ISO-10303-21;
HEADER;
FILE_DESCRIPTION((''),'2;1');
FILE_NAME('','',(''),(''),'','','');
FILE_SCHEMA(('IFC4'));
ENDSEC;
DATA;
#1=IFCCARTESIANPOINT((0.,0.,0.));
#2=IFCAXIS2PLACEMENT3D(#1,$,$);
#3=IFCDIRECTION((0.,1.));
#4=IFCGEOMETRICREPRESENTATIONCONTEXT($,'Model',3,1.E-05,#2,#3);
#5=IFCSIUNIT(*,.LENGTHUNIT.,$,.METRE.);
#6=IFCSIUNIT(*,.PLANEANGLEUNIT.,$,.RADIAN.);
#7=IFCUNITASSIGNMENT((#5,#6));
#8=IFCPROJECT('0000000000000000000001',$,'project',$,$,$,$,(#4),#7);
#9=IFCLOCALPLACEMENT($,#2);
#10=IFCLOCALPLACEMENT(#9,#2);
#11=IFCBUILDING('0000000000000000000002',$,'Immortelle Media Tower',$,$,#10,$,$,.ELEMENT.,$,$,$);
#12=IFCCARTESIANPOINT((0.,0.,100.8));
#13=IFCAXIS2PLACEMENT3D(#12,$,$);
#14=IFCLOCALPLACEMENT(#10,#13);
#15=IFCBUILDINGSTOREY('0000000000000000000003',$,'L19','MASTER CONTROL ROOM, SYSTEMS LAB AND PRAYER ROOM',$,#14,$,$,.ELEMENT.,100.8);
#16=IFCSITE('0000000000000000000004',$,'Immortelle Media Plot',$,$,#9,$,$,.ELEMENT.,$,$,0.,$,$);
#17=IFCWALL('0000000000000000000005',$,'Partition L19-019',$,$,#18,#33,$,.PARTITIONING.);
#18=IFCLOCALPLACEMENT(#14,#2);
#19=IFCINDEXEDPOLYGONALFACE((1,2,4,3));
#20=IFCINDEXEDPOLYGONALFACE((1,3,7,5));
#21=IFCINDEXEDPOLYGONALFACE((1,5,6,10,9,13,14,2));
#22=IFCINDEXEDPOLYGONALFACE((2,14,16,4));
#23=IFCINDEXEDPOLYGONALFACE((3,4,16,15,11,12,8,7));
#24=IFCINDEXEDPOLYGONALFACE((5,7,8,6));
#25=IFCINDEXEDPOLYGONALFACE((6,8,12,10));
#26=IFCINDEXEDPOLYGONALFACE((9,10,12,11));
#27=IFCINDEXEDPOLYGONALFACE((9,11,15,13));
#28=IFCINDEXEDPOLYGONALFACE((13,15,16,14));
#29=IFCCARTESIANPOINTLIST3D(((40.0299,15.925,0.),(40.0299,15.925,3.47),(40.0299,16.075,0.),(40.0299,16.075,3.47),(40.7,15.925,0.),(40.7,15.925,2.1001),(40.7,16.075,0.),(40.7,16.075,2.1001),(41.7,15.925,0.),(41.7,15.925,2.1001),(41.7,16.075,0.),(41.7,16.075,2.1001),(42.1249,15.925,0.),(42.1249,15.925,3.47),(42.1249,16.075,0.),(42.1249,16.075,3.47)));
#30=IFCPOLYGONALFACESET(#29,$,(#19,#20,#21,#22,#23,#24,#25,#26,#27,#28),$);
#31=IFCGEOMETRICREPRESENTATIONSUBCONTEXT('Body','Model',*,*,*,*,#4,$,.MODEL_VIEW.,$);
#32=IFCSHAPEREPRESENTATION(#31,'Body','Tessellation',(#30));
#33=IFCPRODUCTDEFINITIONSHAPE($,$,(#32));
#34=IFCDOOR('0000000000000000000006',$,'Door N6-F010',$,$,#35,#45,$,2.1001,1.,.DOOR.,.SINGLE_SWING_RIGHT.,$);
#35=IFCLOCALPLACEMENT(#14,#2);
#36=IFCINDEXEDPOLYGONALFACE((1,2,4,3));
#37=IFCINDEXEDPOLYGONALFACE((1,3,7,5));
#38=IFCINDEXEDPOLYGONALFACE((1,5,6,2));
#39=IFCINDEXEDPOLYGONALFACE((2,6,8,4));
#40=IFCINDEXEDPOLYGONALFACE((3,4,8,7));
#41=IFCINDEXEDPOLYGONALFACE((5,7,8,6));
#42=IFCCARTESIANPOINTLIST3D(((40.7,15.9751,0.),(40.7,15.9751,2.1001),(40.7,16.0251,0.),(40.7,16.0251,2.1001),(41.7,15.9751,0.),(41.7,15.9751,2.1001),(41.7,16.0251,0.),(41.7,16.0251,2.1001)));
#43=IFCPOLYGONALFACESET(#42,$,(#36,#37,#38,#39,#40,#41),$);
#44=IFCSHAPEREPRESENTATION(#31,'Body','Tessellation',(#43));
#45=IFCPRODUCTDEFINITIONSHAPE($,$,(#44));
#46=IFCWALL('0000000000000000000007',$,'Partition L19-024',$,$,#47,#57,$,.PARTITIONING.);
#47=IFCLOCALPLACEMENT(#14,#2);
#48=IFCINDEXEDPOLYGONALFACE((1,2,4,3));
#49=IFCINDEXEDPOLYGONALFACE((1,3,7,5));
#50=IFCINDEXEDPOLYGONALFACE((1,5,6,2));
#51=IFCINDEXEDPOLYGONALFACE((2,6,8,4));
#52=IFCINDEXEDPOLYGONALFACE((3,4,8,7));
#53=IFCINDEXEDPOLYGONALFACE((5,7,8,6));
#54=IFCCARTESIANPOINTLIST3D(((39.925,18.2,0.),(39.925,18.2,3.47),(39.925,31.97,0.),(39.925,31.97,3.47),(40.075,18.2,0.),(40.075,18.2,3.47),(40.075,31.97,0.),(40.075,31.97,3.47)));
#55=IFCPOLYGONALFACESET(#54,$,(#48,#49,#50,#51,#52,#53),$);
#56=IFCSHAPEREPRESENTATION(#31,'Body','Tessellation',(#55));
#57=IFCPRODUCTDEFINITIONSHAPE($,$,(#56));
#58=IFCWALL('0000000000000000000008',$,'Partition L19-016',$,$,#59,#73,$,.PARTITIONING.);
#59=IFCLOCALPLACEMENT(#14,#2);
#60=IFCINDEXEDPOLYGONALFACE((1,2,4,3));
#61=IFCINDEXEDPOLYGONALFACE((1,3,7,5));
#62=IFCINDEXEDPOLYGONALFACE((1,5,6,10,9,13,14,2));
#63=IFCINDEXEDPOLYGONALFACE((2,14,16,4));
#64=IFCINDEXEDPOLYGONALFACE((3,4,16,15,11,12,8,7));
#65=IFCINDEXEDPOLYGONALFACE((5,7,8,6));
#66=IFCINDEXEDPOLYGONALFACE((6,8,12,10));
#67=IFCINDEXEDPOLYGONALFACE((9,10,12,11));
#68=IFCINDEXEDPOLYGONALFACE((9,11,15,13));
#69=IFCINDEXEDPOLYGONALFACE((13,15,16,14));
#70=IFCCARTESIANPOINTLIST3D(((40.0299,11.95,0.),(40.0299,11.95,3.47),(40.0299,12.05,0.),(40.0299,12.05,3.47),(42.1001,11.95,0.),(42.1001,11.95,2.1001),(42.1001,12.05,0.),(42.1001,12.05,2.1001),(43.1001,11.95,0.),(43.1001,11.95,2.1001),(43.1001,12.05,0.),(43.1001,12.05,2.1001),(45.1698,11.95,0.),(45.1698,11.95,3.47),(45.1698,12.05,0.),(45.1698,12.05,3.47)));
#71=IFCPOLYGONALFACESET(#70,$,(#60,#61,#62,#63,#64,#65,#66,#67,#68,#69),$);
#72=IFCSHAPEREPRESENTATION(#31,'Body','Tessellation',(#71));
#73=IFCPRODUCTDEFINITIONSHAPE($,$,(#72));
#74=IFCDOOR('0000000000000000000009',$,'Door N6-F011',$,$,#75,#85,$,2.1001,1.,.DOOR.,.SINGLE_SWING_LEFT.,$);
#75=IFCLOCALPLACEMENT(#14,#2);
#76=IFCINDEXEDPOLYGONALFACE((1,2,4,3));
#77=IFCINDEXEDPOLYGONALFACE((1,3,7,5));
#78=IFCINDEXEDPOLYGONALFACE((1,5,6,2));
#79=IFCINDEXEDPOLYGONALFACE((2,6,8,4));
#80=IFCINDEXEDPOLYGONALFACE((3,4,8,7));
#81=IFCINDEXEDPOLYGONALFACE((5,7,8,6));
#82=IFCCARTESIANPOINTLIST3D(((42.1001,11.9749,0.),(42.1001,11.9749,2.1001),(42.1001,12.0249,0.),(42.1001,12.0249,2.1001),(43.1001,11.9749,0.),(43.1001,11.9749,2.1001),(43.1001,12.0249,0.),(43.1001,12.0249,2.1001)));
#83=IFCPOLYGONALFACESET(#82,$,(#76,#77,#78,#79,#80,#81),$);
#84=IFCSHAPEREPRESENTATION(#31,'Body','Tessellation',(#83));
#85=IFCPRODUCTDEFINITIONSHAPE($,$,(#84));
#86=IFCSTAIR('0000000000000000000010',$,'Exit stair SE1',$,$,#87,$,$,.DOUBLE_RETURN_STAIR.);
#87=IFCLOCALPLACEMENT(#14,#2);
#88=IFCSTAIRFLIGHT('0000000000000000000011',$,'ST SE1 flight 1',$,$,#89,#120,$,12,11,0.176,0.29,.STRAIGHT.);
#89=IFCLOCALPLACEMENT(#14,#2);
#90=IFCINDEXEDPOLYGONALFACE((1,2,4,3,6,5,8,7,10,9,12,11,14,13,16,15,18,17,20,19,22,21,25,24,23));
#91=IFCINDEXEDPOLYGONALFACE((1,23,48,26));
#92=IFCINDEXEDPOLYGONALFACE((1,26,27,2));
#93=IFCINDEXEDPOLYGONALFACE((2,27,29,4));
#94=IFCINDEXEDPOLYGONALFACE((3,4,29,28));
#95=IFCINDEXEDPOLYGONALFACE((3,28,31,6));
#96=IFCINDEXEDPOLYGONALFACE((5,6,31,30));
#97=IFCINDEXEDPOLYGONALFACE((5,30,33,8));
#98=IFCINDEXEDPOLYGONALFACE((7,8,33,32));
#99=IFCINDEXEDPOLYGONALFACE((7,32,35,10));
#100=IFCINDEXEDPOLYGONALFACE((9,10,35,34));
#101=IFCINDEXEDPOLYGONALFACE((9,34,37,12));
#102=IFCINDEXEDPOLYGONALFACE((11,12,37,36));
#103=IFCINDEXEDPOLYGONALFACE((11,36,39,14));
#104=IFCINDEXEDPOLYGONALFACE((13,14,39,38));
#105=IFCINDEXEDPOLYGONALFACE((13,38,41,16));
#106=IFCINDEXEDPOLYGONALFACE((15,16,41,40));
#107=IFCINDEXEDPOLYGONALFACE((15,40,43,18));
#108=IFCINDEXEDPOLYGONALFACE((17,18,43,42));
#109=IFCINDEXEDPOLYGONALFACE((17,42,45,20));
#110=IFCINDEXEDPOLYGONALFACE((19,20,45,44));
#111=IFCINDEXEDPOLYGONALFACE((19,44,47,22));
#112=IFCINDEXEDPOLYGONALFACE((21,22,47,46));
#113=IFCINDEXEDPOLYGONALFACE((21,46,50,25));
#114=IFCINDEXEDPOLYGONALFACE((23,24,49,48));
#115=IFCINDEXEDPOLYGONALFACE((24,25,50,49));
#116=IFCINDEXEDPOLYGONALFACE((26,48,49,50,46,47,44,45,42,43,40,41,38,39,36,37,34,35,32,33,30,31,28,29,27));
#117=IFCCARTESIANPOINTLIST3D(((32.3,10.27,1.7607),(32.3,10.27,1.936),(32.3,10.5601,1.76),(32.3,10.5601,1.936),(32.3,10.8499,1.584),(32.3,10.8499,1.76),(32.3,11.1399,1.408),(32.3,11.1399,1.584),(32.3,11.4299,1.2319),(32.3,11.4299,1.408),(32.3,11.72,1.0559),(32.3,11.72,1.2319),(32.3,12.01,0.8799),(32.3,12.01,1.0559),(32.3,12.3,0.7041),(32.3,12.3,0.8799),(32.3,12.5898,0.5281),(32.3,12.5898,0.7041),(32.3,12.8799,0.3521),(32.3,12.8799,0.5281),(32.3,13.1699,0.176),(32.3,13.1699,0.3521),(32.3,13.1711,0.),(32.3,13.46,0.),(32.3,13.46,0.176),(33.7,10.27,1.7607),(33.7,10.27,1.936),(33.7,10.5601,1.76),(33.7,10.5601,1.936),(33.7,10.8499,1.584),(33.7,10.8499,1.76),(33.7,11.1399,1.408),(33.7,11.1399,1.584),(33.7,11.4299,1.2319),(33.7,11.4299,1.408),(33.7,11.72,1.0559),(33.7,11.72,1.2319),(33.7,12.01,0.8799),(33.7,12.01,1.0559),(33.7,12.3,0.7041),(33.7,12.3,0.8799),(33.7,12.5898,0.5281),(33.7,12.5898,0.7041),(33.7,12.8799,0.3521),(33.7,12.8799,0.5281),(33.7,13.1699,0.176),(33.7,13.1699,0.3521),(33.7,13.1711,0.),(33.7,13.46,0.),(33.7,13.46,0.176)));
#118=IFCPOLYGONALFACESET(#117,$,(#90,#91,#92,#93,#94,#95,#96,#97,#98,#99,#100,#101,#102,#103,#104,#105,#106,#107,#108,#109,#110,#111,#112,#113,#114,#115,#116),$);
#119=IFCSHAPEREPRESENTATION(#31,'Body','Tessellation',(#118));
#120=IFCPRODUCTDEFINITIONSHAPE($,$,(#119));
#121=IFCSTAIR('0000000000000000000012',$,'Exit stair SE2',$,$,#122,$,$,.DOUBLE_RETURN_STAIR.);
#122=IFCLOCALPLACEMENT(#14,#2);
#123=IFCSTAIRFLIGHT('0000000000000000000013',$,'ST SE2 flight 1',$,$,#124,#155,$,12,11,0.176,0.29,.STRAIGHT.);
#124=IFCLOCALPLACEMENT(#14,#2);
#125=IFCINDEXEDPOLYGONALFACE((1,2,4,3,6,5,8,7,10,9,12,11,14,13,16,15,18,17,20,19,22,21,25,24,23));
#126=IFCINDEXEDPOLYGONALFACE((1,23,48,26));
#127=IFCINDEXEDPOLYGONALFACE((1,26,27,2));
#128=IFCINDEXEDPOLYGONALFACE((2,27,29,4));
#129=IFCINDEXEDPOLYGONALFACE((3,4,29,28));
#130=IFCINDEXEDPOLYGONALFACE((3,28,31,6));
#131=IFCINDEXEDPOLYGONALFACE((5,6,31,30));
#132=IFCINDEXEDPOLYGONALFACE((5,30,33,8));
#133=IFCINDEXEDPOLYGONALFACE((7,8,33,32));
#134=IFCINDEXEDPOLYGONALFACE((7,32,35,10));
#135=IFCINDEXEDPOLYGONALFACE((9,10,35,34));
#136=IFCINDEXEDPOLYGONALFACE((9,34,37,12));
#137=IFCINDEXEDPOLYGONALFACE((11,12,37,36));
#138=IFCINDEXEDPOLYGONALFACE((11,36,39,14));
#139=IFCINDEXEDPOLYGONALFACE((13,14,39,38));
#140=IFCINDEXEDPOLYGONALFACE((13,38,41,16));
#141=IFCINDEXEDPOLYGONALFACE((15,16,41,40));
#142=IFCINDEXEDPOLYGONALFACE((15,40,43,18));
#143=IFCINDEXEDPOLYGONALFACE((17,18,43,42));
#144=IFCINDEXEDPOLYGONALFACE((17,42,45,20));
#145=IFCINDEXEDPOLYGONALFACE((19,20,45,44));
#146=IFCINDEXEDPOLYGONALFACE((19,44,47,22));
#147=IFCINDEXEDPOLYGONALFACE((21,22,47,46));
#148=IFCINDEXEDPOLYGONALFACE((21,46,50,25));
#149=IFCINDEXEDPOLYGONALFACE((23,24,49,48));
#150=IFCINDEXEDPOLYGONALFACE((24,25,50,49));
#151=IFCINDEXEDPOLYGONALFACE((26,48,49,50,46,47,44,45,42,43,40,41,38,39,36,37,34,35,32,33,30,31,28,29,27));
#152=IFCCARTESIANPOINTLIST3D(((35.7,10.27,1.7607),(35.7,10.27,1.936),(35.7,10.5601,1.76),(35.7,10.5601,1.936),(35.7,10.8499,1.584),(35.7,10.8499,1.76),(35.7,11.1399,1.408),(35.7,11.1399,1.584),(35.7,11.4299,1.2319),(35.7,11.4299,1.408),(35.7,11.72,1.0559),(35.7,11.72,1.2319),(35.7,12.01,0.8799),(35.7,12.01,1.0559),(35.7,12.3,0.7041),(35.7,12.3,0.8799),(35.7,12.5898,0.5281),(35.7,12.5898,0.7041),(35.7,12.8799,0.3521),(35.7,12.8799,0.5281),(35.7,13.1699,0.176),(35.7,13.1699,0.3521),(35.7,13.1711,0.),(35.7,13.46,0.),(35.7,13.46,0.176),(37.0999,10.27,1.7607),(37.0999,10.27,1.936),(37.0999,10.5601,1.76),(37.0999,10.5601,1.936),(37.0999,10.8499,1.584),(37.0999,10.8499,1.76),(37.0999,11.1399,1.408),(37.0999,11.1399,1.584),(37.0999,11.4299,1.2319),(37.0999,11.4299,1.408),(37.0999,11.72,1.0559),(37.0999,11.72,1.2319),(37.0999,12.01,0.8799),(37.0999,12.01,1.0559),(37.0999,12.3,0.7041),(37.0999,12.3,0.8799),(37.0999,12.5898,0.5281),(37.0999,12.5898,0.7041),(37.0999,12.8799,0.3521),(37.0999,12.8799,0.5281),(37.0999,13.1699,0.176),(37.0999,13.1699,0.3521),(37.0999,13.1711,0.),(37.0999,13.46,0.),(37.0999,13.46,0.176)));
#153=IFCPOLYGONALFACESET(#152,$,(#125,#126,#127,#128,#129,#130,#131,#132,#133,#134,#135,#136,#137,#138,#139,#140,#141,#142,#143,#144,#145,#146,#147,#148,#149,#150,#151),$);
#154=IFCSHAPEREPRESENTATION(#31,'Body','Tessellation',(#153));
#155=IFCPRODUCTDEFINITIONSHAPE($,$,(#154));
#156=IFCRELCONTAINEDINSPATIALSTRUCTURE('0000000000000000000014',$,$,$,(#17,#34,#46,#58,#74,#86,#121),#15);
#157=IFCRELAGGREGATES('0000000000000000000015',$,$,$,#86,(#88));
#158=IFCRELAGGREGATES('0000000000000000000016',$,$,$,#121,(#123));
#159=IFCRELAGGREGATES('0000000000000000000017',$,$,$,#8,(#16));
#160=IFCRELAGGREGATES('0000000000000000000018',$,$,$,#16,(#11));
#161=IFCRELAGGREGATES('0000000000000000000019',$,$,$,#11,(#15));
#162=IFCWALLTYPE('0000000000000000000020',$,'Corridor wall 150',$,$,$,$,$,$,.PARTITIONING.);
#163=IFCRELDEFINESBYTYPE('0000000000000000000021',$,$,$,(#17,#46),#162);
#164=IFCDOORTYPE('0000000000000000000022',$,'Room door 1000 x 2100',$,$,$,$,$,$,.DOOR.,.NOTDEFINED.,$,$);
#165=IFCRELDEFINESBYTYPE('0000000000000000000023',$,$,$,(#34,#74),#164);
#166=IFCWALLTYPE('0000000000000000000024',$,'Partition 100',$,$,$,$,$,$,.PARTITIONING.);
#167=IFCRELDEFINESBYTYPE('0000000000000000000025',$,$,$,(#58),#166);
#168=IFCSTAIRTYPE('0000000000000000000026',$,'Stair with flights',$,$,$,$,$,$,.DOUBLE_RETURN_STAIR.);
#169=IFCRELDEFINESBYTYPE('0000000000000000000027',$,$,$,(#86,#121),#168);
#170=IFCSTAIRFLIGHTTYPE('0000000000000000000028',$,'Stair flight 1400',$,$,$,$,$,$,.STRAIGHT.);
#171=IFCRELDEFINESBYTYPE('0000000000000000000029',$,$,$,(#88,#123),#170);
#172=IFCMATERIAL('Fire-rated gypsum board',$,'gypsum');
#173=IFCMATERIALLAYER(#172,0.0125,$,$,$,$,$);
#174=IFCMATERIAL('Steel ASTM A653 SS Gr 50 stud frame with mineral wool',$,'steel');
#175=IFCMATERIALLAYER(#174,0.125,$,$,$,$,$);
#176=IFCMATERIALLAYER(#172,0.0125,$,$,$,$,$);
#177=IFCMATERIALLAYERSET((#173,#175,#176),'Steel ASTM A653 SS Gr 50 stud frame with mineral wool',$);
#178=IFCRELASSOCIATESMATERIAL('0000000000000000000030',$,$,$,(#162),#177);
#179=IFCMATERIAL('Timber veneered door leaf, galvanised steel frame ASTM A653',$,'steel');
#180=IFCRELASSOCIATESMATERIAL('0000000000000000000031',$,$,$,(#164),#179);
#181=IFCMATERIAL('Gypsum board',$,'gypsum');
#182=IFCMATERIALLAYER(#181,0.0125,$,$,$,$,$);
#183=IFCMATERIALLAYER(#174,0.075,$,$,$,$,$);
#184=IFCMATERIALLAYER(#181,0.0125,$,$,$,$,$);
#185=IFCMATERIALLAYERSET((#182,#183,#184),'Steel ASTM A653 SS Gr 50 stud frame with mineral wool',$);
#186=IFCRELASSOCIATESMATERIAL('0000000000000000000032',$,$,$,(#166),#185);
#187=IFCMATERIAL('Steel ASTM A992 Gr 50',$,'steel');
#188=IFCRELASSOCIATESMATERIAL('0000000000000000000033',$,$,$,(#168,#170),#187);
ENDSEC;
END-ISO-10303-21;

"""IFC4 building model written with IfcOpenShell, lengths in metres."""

from ifc_helpers import new_model, si_unit, direction, frame, frame_2d, origin, place, context, subcontext, project, spatial, polyline, rectangle, outline, extrude, material, layer, layer_set, type_object, element, fill, aggregate, save


model = new_model("IFC4")

# Units and contexts
model_context = context("Model", 3, precision=1e-05, world=origin(), true_north=direction((0.0, 1.0)))
body_context = subcontext(model_context, "Body", "Model", "MODEL_VIEW")
ifc_project = project(units=[si_unit("LENGTHUNIT", "METRE"), si_unit("PLANEANGLEUNIT", "RADIAN")], contexts=[model_context])

# Site, building, storey
site_placement = place(None, origin())
site = spatial("IfcSite", under=ifc_project, at=site_placement, Name="Immortelle Media Plot", CompositionType="ELEMENT", RefElevation=0.0)
building_placement = place(site_placement, origin())
building = spatial("IfcBuilding", under=site, at=building_placement, Name="Immortelle Media Tower", CompositionType="ELEMENT")
storey_placement = place(building_placement, frame((0.0, 0.0, 100.8)))
storey = spatial("IfcBuildingStorey", under=building, at=storey_placement, Name="L19", Description="MASTER CONTROL ROOM, SYSTEMS LAB AND PRAYER ROOM", CompositionType="ELEMENT", Elevation=100.8)

# Shared definitions
ifc_material_1 = material(Name="Steel ASTM A992 Gr 50", Category="steel")

# Wall, opening, door
ifc_material_2 = material(Name="Fire-rated gypsum board", Category="gypsum")
ifc_layer_1 = layer(ifc_material_2, 0.0125)
ifc_material_3 = material(Name="Steel ASTM A653 SS Gr 50 stud frame with mineral wool", Category="steel")
ifc_layer_2 = layer(ifc_material_3, 0.125)
ifc_layer_3 = layer(ifc_material_2, 0.0125)
ifc_layer_set_1 = layer_set([ifc_layer_1, ifc_layer_2, ifc_layer_3], Name="Steel ASTM A653 SS Gr 50 stud frame with mineral wool")
wall_type_1 = type_object("IfcWallType", Name="Corridor wall 150", PredefinedType="PARTITIONING", material=ifc_layer_set_1)
wall_1_placement = place(storey_placement, frame((40.03, 16.0, 0.0), z_axis=(0.0, 0.0, 1.0), x_axis=(1.0, 0.0, 0.0)))
wall_1 = element("IfcWall", 1, at=wall_1_placement, inside=storey, type_object=wall_type_1, Name="Partition L19-019", PredefinedType="PARTITIONING", context=body_context, shape_type="SweptSolid", body=[
    extrude(rectangle(XDim=2.095, YDim=0.1499, at=frame_2d((1.0474, 0.0))), origin(), (0.0, 0.0, 1.0), 3.47),
])
opening_1_placement = place(wall_1_placement, frame((1.6699, 0.0, 0.0), z_axis=(0.0, 0.0, 1.0), x_axis=(-1.0, 0.0, 0.0)))
opening_1 = element("IfcOpeningElement", 2, at=opening_1_placement, cuts=wall_1, PredefinedType="OPENING", context=body_context, shape_type="SweptSolid", body=[
    extrude(rectangle(XDim=1.0, YDim=2.1001, at=frame_2d((0.5, 1.05))), frame((0.0, 0.085, 0.0), z_axis=(0.0, -1.0, 0.0), x_axis=(1.0, 0.0, 0.0)), (0.0, 0.0, 1.0), 0.1699),
])
ifc_material_4 = material(Name="Timber veneered door leaf, galvanised steel frame ASTM A653", Category="steel")
door_type = type_object("IfcDoorType", Name="Room door 1000 x 2100", OperationType="NOTDEFINED", PredefinedType="DOOR", material=ifc_material_4)
door_1_placement = place(opening_1_placement, origin())
door_1 = element("IfcDoor", 3, at=door_1_placement, inside=storey, type_object=door_type, Name="Door N6-F010", OperationType="SINGLE_SWING_RIGHT", OverallHeight=2.1001, OverallWidth=1.0, PredefinedType="DOOR", context=body_context, shape_type="SweptSolid", body=[
    extrude(rectangle(XDim=1.0, YDim=2.1001, at=frame_2d((0.5, 1.05))), frame((0.0, 0.0249, 0.0), z_axis=(0.0, -1.0, 0.0), x_axis=(1.0, 0.0, 0.0)), (0.0, 0.0, 1.0), 0.05),
])
fill(opening_1, door_1)

# Wall
wall_2_placement = place(storey_placement, frame((40.0, 18.2, 0.0), z_axis=(0.0, 0.0, 1.0), x_axis=(0.0, 1.0, 0.0)))
element("IfcWall", 4, at=wall_2_placement, inside=storey, type_object=wall_type_1, Name="Partition L19-024", PredefinedType="PARTITIONING", context=body_context, shape_type="SweptSolid", body=[
    extrude(rectangle(XDim=13.77, YDim=0.1499, at=frame_2d((6.885, 0.0))), origin(), (0.0, 0.0, 1.0), 3.47),
])

# Wall, opening, door
ifc_material_5 = material(Name="Gypsum board", Category="gypsum")
ifc_layer_4 = layer(ifc_material_5, 0.0125)
ifc_layer_5 = layer(ifc_material_3, 0.075)
ifc_layer_6 = layer(ifc_material_5, 0.0125)
ifc_layer_set_2 = layer_set([ifc_layer_4, ifc_layer_5, ifc_layer_6], Name="Steel ASTM A653 SS Gr 50 stud frame with mineral wool")
wall_type_2 = type_object("IfcWallType", Name="Partition 100", PredefinedType="PARTITIONING", material=ifc_layer_set_2)
wall_3_placement = place(storey_placement, frame((40.03, 12.0, 0.0), z_axis=(0.0, 0.0, 1.0), x_axis=(1.0, 0.0, 0.0)))
wall_3 = element("IfcWall", 5, at=wall_3_placement, inside=storey, type_object=wall_type_2, Name="Partition L19-016", PredefinedType="PARTITIONING", context=body_context, shape_type="SweptSolid", body=[
    extrude(rectangle(XDim=5.1399, YDim=0.1001, at=frame_2d((2.5698, 0.0))), origin(), (0.0, 0.0, 1.0), 3.47),
])
opening_2_placement = place(wall_3_placement, frame((2.0701, 0.0, 0.0)))
opening_2 = element("IfcOpeningElement", 6, at=opening_2_placement, cuts=wall_3, PredefinedType="OPENING", context=body_context, shape_type="SweptSolid", body=[
    extrude(rectangle(XDim=1.0, YDim=2.1001, at=frame_2d((0.5, 1.05))), frame((0.0, 0.0601, 0.0), z_axis=(0.0, -1.0, 0.0), x_axis=(1.0, 0.0, 0.0)), (0.0, 0.0, 1.0), 0.1201),
])
door_2_placement = place(opening_2_placement, origin())
door_2 = element("IfcDoor", 7, at=door_2_placement, inside=storey, type_object=door_type, Name="Door N6-F011", OperationType="SINGLE_SWING_LEFT", OverallHeight=2.1001, OverallWidth=1.0, PredefinedType="DOOR", context=body_context, shape_type="SweptSolid", body=[
    extrude(rectangle(XDim=1.0, YDim=2.1001, at=frame_2d((0.5, 1.05))), frame((0.0, 0.0249, 0.0), z_axis=(0.0, -1.0, 0.0), x_axis=(1.0, 0.0, 0.0)), (0.0, 0.0, 1.0), 0.05),
])
fill(opening_2, door_2)

# Stair, stair flight
stair_type = type_object("IfcStairType", Name="Stair with flights", PredefinedType="DOUBLE_RETURN_STAIR", material=ifc_material_1)
stair_1_placement = place(storey_placement, origin())
stair_1 = element("IfcStair", 8, at=stair_1_placement, inside=storey, type_object=stair_type, Name="Exit stair SE1", PredefinedType="DOUBLE_RETURN_STAIR")
stair_flight_type = type_object("IfcStairFlightType", Name="Stair flight 1400", PredefinedType="STRAIGHT", material=ifc_material_1)
stair_flight_1_placement = place(storey_placement, frame((33.0, 13.46, 0.0), z_axis=(0.0, 0.0, 1.0), x_axis=(0.0, -1.0, 0.0)))
stair_flight_1 = element("IfcStairFlight", 9, at=stair_flight_1_placement, type_object=stair_flight_type, Name="ST SE1 flight 1", NumberOfRisers=12, NumberOfTreads=11, PredefinedType="STRAIGHT", RiserHeight=0.176, TreadLength=0.29, context=body_context, shape_type="SweptSolid", body=[
    extrude(outline(polyline([(0.0, 0.0), (0.0, 0.176), (0.29, 0.176), (0.29, 0.3521), (0.5801, 0.3521), (0.5801, 0.5281), (0.8701, 0.5281), (0.8701, 0.7041), (1.1599, 0.7041), (1.1599, 0.8799), (1.45, 0.8799), (1.45, 1.0559), (1.74, 1.0559), (1.74, 1.2319), (2.03, 1.2319), (2.03, 1.408), (2.3201, 1.408), (2.3201, 1.584), (2.6101, 1.584), (2.6101, 1.76), (2.8999, 1.76), (2.8999, 1.936), (3.1899, 1.936), (3.1899, 2.1121), (3.1899, 1.7607), (0.2888, 0.0), (0.0, 0.0)])), frame((0.0, 0.7, 0.0), z_axis=(0.0, -1.0, 0.0), x_axis=(1.0, 0.0, 0.0)), (0.0, 0.0, 1.0), 1.3999),
])
aggregate(stair_1, [stair_flight_1])

# Stair, stair flight
stair_2_placement = place(storey_placement, origin())
stair_2 = element("IfcStair", 10, at=stair_2_placement, inside=storey, type_object=stair_type, Name="Exit stair SE2", PredefinedType="DOUBLE_RETURN_STAIR")
stair_flight_2_placement = place(storey_placement, frame((36.3999, 13.46, 0.0), z_axis=(0.0, 0.0, 1.0), x_axis=(0.0, -1.0, 0.0)))
stair_flight_2 = element("IfcStairFlight", 11, at=stair_flight_2_placement, type_object=stair_flight_type, Name="ST SE2 flight 1", NumberOfRisers=12, NumberOfTreads=11, PredefinedType="STRAIGHT", RiserHeight=0.176, TreadLength=0.29, context=body_context, shape_type="SweptSolid", body=[
    extrude(outline(polyline([(0.0, 0.0), (0.0, 0.176), (0.29, 0.176), (0.29, 0.3521), (0.5801, 0.3521), (0.5801, 0.5281), (0.8701, 0.5281), (0.8701, 0.7041), (1.1599, 0.7041), (1.1599, 0.8799), (1.45, 0.8799), (1.45, 1.0559), (1.74, 1.0559), (1.74, 1.2319), (2.03, 1.2319), (2.03, 1.408), (2.3201, 1.408), (2.3201, 1.584), (2.6101, 1.584), (2.6101, 1.76), (2.8999, 1.76), (2.8999, 1.936), (3.1899, 1.936), (3.1899, 2.1121), (3.1899, 1.7607), (0.2888, 0.0), (0.0, 0.0)])), frame((0.0, 0.7, 0.0), z_axis=(0.0, -1.0, 0.0), x_axis=(1.0, 0.0, 0.0)), (0.0, 0.0, 1.0), 1.3999),
])
aggregate(stair_2, [stair_flight_2])

save(model, "model.ifc")
